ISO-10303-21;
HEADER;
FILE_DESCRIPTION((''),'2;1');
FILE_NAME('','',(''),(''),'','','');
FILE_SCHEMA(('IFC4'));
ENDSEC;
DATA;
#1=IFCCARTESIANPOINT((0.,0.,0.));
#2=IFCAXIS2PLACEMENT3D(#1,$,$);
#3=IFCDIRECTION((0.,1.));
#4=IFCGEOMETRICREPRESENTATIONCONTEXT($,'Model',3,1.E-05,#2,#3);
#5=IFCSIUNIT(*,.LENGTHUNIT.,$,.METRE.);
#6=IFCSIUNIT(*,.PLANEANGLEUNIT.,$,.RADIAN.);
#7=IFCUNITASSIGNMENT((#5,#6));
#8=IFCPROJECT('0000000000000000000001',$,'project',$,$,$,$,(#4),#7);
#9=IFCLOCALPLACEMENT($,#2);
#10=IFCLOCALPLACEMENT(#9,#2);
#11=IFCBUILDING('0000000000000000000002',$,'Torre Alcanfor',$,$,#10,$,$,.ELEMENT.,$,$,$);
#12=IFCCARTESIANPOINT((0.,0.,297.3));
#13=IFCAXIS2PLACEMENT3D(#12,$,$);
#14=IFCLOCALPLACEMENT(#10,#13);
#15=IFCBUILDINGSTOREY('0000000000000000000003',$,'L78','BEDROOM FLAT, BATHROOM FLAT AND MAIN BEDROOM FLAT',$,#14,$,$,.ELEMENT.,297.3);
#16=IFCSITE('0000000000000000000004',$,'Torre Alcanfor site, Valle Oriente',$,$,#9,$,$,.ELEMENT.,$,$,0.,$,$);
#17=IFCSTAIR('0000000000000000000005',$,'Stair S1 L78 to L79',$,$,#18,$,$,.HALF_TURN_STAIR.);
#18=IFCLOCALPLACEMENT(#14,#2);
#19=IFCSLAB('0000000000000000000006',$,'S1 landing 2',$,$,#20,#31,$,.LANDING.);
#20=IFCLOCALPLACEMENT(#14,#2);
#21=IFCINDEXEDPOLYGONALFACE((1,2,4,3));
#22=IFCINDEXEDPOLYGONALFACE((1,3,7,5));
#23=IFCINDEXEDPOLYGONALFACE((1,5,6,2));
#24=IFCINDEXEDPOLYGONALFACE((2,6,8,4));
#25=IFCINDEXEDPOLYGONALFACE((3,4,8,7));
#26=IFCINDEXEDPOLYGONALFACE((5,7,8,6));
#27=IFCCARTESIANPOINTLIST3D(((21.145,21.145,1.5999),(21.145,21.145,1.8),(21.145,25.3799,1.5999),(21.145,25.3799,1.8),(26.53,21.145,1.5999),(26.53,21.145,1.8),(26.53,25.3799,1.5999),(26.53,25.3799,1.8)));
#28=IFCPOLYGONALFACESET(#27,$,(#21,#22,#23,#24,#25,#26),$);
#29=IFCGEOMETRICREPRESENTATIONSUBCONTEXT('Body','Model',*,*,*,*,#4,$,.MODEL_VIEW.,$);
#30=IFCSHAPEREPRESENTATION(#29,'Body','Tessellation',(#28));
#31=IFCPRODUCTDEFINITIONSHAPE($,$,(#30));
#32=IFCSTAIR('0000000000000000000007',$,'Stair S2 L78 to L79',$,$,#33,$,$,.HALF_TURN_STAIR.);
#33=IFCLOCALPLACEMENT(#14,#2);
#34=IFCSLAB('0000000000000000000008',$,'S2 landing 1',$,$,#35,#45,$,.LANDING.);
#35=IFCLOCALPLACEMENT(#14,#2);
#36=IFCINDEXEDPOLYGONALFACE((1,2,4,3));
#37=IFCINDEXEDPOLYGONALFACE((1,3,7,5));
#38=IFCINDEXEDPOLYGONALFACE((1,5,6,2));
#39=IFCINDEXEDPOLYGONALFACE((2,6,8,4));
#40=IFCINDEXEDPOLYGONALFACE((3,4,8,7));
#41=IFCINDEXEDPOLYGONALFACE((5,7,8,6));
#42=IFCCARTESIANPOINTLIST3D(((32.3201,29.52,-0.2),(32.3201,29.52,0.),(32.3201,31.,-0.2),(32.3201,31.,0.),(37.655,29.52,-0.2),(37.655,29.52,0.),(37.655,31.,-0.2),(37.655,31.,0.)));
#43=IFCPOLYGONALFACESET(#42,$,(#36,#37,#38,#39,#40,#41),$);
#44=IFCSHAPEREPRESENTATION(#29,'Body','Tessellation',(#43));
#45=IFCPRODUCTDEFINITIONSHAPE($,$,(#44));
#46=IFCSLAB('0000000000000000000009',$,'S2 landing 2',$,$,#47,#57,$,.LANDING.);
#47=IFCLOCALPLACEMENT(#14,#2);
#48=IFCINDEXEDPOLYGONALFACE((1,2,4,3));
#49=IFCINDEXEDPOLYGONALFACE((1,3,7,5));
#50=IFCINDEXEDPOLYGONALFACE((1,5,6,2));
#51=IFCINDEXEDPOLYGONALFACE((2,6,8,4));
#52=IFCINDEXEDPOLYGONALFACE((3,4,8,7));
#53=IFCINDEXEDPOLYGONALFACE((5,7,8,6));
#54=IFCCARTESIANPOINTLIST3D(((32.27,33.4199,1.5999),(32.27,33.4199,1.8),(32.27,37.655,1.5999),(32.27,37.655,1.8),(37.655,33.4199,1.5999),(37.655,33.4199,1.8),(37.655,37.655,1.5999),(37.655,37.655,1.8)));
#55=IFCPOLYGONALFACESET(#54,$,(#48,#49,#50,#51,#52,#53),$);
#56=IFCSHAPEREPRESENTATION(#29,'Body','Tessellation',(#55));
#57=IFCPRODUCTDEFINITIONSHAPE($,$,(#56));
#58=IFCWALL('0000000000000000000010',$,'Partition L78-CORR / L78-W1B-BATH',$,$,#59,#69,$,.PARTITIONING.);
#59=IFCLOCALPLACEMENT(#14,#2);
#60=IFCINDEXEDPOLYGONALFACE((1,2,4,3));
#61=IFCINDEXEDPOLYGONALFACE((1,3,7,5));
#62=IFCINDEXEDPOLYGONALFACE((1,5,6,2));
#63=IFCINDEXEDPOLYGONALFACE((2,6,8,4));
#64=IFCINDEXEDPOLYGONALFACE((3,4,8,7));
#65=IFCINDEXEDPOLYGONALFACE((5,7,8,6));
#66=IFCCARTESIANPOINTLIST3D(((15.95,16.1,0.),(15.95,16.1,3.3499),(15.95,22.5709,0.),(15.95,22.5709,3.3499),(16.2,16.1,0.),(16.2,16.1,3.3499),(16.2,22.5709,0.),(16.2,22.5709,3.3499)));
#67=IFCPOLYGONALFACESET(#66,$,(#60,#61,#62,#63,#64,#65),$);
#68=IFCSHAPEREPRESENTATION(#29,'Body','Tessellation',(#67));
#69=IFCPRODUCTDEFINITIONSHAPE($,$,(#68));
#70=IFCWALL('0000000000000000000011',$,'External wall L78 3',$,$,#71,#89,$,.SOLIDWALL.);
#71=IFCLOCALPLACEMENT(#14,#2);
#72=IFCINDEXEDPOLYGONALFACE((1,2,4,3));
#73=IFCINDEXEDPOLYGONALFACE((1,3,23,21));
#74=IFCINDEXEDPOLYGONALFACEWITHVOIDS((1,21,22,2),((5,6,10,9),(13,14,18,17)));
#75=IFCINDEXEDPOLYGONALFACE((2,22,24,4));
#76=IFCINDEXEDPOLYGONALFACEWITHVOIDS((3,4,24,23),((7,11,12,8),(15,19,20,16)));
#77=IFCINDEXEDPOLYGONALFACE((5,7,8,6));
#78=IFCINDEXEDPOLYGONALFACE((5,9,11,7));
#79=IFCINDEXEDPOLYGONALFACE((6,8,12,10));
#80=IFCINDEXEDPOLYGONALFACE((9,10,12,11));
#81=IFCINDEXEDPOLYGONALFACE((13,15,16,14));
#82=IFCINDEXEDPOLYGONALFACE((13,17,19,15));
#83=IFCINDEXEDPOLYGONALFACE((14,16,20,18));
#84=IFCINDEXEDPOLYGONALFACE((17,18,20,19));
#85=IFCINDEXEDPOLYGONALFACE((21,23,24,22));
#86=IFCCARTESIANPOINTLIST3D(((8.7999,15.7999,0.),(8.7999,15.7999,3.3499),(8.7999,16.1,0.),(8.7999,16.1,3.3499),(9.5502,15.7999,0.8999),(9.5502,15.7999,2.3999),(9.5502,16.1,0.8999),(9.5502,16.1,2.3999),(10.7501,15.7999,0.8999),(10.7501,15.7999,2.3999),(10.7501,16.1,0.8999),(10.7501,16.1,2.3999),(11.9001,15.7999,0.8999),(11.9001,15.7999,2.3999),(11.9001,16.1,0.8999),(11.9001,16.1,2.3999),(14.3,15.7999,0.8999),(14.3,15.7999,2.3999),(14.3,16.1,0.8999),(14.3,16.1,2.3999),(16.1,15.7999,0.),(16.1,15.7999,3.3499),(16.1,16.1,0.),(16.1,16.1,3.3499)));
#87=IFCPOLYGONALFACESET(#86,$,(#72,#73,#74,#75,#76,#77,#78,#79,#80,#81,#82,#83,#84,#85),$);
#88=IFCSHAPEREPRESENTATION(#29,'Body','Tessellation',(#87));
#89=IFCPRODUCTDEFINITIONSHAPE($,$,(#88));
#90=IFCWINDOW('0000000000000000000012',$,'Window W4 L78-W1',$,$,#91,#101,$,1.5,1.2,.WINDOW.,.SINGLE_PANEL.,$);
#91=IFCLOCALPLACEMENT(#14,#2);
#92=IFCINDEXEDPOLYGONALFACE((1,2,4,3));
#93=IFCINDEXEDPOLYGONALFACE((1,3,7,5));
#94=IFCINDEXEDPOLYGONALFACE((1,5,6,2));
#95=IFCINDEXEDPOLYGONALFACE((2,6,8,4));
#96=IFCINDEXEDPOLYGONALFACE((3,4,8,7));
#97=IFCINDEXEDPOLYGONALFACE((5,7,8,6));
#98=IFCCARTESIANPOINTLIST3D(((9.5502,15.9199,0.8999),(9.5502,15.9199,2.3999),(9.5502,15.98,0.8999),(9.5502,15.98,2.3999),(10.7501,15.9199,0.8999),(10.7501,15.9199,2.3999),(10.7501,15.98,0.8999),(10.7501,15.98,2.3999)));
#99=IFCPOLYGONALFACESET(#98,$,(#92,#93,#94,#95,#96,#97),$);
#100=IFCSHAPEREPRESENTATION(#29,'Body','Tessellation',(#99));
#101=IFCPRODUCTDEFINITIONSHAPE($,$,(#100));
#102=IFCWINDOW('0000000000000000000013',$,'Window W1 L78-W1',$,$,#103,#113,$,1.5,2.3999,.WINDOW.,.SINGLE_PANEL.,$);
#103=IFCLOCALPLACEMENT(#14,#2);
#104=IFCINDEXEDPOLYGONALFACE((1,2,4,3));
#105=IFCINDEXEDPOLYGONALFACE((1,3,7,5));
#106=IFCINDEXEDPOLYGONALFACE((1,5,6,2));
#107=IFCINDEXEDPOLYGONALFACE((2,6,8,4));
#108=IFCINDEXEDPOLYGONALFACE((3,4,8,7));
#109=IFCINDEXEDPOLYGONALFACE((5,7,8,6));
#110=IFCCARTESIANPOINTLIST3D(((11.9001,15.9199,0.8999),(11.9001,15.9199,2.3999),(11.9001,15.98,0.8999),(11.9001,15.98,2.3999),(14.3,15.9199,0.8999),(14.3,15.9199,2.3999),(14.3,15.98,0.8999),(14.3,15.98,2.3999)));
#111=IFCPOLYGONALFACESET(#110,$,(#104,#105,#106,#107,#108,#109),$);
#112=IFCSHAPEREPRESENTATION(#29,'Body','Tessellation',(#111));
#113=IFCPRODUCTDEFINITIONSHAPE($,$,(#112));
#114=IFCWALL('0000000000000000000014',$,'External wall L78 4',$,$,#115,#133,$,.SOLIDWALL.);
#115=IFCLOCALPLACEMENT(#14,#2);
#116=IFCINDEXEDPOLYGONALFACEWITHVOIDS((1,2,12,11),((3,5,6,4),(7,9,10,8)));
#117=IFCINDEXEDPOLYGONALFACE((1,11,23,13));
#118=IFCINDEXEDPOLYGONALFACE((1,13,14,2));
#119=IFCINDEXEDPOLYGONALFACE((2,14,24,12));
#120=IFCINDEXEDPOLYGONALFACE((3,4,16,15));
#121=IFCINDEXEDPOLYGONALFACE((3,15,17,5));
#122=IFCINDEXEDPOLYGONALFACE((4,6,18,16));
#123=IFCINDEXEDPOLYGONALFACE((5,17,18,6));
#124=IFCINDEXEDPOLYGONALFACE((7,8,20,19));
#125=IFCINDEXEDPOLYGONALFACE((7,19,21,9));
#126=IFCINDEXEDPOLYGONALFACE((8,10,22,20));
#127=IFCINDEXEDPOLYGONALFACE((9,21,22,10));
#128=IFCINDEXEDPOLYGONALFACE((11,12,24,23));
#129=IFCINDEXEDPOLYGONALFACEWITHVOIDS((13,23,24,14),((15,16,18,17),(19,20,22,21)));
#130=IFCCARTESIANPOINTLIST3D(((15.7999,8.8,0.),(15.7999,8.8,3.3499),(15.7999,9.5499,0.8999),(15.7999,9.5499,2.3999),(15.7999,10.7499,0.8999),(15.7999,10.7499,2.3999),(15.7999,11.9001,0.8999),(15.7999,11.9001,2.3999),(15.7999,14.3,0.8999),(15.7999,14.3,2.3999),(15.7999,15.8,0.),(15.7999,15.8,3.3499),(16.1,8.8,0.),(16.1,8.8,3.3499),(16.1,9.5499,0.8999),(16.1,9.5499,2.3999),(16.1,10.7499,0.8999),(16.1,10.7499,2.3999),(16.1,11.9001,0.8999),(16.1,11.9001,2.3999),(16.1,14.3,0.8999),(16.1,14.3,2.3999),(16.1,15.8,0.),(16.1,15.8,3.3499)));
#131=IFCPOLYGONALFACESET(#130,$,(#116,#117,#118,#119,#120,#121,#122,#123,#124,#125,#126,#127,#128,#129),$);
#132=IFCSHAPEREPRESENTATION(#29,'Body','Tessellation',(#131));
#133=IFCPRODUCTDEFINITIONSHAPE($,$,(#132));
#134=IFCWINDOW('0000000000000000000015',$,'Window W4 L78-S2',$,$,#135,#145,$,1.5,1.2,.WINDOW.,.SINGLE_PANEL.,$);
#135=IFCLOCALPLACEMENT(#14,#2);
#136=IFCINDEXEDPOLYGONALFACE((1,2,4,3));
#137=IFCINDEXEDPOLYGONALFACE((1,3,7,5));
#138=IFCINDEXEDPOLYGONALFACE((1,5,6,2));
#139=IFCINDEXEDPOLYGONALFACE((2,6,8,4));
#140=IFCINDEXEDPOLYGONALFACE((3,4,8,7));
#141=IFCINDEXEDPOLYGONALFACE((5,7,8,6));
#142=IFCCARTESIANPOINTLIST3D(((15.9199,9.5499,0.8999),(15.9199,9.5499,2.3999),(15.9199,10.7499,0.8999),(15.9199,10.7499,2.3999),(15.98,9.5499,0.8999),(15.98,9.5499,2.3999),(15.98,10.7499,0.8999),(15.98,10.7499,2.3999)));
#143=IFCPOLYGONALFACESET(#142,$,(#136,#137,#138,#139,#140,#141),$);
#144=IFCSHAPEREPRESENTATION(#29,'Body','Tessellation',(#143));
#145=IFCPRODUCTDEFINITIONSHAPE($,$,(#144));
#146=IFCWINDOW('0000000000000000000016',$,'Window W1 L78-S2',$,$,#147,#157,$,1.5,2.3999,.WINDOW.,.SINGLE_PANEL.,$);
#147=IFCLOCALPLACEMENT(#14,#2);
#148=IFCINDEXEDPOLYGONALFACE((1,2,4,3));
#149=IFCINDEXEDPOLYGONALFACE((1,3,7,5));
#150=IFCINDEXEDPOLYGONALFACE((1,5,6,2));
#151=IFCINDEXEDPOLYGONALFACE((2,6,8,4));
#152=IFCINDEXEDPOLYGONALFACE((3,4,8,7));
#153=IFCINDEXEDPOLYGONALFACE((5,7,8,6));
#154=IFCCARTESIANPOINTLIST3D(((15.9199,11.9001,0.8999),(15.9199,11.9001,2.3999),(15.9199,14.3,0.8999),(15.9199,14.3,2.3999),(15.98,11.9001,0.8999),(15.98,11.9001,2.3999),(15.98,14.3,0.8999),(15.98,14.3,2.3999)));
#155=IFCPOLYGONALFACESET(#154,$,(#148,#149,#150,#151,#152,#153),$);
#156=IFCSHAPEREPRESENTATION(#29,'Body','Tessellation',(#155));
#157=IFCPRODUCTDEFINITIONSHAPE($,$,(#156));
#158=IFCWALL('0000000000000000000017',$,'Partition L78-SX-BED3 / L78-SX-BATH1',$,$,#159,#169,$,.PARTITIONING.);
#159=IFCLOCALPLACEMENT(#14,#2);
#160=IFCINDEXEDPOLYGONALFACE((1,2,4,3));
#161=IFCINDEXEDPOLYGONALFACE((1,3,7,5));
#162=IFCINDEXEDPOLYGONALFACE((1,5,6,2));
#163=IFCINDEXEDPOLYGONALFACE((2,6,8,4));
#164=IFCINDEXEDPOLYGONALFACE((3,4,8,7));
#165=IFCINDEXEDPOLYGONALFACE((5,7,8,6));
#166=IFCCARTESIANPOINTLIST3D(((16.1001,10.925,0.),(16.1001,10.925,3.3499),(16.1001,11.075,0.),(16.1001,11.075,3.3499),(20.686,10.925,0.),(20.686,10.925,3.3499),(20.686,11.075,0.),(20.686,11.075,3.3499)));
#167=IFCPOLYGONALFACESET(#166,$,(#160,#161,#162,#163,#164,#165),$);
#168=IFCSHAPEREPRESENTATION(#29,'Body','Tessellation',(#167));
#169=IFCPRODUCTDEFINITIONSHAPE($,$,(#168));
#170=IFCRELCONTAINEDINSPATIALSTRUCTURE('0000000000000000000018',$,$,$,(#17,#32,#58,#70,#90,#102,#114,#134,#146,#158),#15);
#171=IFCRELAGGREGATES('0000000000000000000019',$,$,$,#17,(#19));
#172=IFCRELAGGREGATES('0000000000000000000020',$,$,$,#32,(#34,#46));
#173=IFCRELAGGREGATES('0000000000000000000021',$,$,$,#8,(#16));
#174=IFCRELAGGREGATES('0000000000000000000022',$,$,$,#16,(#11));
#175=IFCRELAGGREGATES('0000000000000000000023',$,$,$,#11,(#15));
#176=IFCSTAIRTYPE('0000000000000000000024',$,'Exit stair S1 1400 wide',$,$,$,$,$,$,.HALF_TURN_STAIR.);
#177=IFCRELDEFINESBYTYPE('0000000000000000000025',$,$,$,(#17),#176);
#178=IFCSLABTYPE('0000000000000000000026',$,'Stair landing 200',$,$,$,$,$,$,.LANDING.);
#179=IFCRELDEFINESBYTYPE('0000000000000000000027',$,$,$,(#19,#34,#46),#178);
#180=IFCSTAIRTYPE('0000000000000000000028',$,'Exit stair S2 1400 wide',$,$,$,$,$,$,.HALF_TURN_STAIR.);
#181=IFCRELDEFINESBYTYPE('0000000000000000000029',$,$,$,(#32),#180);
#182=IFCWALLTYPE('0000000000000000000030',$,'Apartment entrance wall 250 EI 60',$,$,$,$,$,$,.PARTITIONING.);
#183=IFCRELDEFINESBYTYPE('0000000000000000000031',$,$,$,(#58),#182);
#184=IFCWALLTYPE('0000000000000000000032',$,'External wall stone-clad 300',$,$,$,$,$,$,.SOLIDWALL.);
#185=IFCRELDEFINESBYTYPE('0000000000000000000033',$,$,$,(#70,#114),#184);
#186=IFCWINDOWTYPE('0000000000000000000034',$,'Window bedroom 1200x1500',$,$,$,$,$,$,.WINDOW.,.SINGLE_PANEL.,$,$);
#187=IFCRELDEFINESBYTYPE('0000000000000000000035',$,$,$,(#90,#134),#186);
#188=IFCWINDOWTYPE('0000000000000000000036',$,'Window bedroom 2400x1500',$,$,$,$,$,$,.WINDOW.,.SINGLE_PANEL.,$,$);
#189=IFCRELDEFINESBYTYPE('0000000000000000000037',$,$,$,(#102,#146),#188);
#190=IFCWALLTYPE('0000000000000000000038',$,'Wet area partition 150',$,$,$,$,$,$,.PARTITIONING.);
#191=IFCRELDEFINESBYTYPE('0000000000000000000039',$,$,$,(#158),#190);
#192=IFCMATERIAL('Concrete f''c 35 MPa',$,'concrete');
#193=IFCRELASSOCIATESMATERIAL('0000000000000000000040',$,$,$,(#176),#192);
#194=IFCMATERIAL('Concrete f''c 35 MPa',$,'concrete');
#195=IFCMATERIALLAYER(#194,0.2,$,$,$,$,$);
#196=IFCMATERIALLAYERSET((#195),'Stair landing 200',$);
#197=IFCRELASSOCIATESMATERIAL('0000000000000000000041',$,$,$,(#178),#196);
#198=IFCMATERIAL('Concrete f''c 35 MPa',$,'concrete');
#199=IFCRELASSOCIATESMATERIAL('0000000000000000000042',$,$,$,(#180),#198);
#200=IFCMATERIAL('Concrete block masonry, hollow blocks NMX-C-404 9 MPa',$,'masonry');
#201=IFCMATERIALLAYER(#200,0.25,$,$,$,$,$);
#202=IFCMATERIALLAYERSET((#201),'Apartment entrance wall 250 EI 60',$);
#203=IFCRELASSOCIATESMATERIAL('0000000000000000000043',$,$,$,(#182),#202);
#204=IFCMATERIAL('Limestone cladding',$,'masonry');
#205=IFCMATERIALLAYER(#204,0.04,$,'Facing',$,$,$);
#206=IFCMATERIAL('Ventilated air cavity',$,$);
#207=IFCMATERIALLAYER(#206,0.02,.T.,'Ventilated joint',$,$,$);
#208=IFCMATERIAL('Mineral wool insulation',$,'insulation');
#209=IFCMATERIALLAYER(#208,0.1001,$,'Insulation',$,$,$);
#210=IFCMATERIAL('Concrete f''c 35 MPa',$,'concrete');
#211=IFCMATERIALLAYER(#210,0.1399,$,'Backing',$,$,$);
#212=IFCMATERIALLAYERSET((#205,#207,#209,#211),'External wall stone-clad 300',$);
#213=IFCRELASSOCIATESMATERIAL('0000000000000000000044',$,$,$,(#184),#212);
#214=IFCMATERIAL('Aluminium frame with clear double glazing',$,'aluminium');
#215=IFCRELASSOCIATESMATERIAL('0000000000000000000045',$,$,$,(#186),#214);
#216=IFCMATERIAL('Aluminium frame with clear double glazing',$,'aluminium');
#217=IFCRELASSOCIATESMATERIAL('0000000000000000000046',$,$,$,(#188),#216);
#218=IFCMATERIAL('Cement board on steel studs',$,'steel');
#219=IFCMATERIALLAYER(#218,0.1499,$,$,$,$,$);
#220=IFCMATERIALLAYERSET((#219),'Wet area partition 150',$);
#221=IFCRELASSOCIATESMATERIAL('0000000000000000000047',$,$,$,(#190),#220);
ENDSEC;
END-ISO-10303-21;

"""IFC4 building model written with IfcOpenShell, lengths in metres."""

from ifc_helpers import new_model, si_unit, direction, frame, frame_2d, origin, place, context, subcontext, project, spatial, polyline, rectangle, outline, extrude, material, layer, layer_set, type_object, element, fill, aggregate, save


model = new_model("IFC4")

# Units and contexts
model_context = context("Model", 3, precision=1e-05, world=origin(), true_north=direction((0.0, 1.0)))
body_context = subcontext(model_context, "Body", "Model", "MODEL_VIEW")
ifc_project = project(units=[si_unit("LENGTHUNIT", "METRE"), si_unit("PLANEANGLEUNIT", "RADIAN")], contexts=[model_context])

# Site, building, storey
site_placement = place(None, origin())
site = spatial("IfcSite", under=ifc_project, at=site_placement, Name="Torre Alcanfor site, Valle Oriente", CompositionType="ELEMENT", RefElevation=0.0)
building_placement = place(site_placement, origin())
building = spatial("IfcBuilding", under=site, at=building_placement, Name="Torre Alcanfor", CompositionType="ELEMENT")
storey_placement = place(building_placement, frame((0.0, 0.0, 297.3)))
storey = spatial("IfcBuildingStorey", under=building, at=storey_placement, Name="L78", Description="BEDROOM FLAT, BATHROOM FLAT AND MAIN BEDROOM FLAT", CompositionType="ELEMENT", Elevation=297.3)

# Stairs, slabs
ifc_material_1 = material(Name="Concrete f'c 35 MPa", Category="concrete")
stair_type_1 = type_object("IfcStairType", Name="Exit stair S1 1400 wide", PredefinedType="HALF_TURN_STAIR", material=ifc_material_1)
stair_1_placement = place(storey_placement, origin())
stair_1 = element("IfcStair", 1, at=stair_1_placement, inside=storey, type_object=stair_type_1, Name="Stair S1 L78 to L79", PredefinedType="HALF_TURN_STAIR")
ifc_material_2 = material(Name="Concrete f'c 35 MPa", Category="concrete")
ifc_layer_1 = layer(ifc_material_2, 0.2)
ifc_layer_set_1 = layer_set([ifc_layer_1], Name="Stair landing 200")
slab_type_1 = type_object("IfcSlabType", Name="Stair landing 200", PredefinedType="LANDING", material=ifc_layer_set_1)
slab_1_placement = place(storey_placement, frame((0.0, 0.0, 1.5999)))
slab_1 = element("IfcSlab", 2, at=slab_1_placement, type_object=slab_type_1, Name="S1 landing 2", PredefinedType="LANDING", context=body_context, shape_type="SweptSolid", body=[
    extrude(outline(polyline([(21.145, 21.145), (26.53, 21.145), (26.53, 25.3799), (21.145, 25.3799), (21.145, 21.145)])), origin(), (0.0, 0.0, 1.0), 0.2002),
])
aggregate(stair_1, [slab_1])
ifc_material_3 = material(Name="Concrete f'c 35 MPa", Category="concrete")
stair_type_2 = type_object("IfcStairType", Name="Exit stair S2 1400 wide", PredefinedType="HALF_TURN_STAIR", material=ifc_material_3)
stair_2_placement = place(storey_placement, origin())
stair_2 = element("IfcStair", 3, at=stair_2_placement, inside=storey, type_object=stair_type_2, Name="Stair S2 L78 to L79", PredefinedType="HALF_TURN_STAIR")
slab_2_placement = place(storey_placement, frame((0.0, 0.0, -0.2)))
slab_2 = element("IfcSlab", 4, at=slab_2_placement, type_object=slab_type_1, Name="S2 landing 1", PredefinedType="LANDING", context=body_context, shape_type="SweptSolid", body=[
    extrude(outline(polyline([(32.3201, 29.52), (37.655, 29.52), (37.655, 31.0), (32.3201, 31.0), (32.3201, 29.52)])), origin(), (0.0, 0.0, 1.0), 0.2),
])
slab_3_placement = place(storey_placement, frame((0.0, 0.0, 1.5999)))
slab_3 = element("IfcSlab", 5, at=slab_3_placement, type_object=slab_type_1, Name="S2 landing 2", PredefinedType="LANDING", context=body_context, shape_type="SweptSolid", body=[
    extrude(outline(polyline([(32.27, 33.4199), (37.655, 33.4199), (37.655, 37.655), (32.27, 37.655), (32.27, 33.4199)])), origin(), (0.0, 0.0, 1.0), 0.2002),
])
aggregate(stair_2, [slab_2, slab_3])

# Wall
ifc_material_4 = material(Name="Concrete block masonry, hollow blocks NMX-C-404 9 MPa", Category="masonry")
ifc_layer_2 = layer(ifc_material_4, 0.25)
ifc_layer_set_2 = layer_set([ifc_layer_2], Name="Apartment entrance wall 250 EI 60")
wall_type_1 = type_object("IfcWallType", Name="Apartment entrance wall 250 EI 60", PredefinedType="PARTITIONING", material=ifc_layer_set_2)
wall_1_placement = place(storey_placement, frame((16.075, 16.1001, 0.0), z_axis=(0.0, 0.0, 1.0), x_axis=(0.0, 1.0, 0.0)))
element("IfcWall", 6, at=wall_1_placement, inside=storey, type_object=wall_type_1, Name="Partition L78-CORR / L78-W1B-BATH", PredefinedType="PARTITIONING", context=body_context, shape_type="SweptSolid", body=[
    extrude(rectangle(XDim=6.4709, YDim=0.25, at=frame_2d((3.2354, 0.0))), origin(), (0.0, 0.0, 1.0), 3.3499),
])

# Walls, openings, windows
ifc_material_5 = material(Name="Limestone cladding", Category="masonry")
ifc_layer_3 = layer(ifc_material_5, 0.04, Name="Facing")
ifc_material_6 = material(Name="Ventilated air cavity")
ifc_layer_4 = layer(ifc_material_6, 0.02, ventilated=True, Name="Ventilated joint")
ifc_material_7 = material(Name="Mineral wool insulation", Category="insulation")
ifc_layer_5 = layer(ifc_material_7, 0.1001, Name="Insulation")
ifc_material_8 = material(Name="Concrete f'c 35 MPa", Category="concrete")
ifc_layer_6 = layer(ifc_material_8, 0.1399, Name="Backing")
ifc_layer_set_3 = layer_set([ifc_layer_3, ifc_layer_4, ifc_layer_5, ifc_layer_6], Name="External wall stone-clad 300")
wall_type_2 = type_object("IfcWallType", Name="External wall stone-clad 300", PredefinedType="SOLIDWALL", material=ifc_layer_set_3)
wall_2_placement = place(storey_placement, frame((8.8, 15.95, 0.0), z_axis=(0.0, 0.0, 1.0), x_axis=(1.0, 0.0, 0.0)))
wall_2 = element("IfcWall", 7, at=wall_2_placement, inside=storey, type_object=wall_type_2, Name="External wall L78 3", PredefinedType="SOLIDWALL", context=body_context, shape_type="SweptSolid", body=[
    extrude(rectangle(XDim=7.3, YDim=0.3, at=frame_2d((3.6499, 0.0))), origin(), (0.0, 0.0, 1.0), 3.3499),
])
opening_1_placement = place(wall_2_placement, frame((3.1001, 0.0, 0.8999)))
opening_1 = element("IfcOpeningElement", 8, at=opening_1_placement, cuts=wall_2, PredefinedType="OPENING", context=body_context, shape_type="SweptSolid", body=[
    extrude(rectangle(XDim=2.3999, YDim=1.5, at=frame_2d((1.2, 0.75))), frame((0.0, 0.1599, 0.0), z_axis=(0.0, -1.0, 0.0), x_axis=(1.0, 0.0, 0.0)), (0.0, 0.0, 1.0), 0.3201),
])
opening_2_placement = place(wall_2_placement, frame((0.75, 0.0, 0.8999)))
opening_2 = element("IfcOpeningElement", 9, at=opening_2_placement, cuts=wall_2, PredefinedType="OPENING", context=body_context, shape_type="SweptSolid", body=[
    extrude(rectangle(XDim=1.2, YDim=1.5, at=frame_2d((0.6001, 0.75))), frame((0.0, 0.1599, 0.0), z_axis=(0.0, -1.0, 0.0), x_axis=(1.0, 0.0, 0.0)), (0.0, 0.0, 1.0), 0.3201),
])
ifc_material_9 = material(Name="Aluminium frame with clear double glazing", Category="aluminium")
window_type_1 = type_object("IfcWindowType", Name="Window bedroom 1200x1500", PartitioningType="SINGLE_PANEL", PredefinedType="WINDOW", material=ifc_material_9)
window_1_placement = place(opening_2_placement, origin())
window_1 = element("IfcWindow", 10, at=window_1_placement, inside=storey, type_object=window_type_1, Name="Window W4 L78-W1", OverallHeight=1.5, OverallWidth=1.2, PartitioningType="SINGLE_PANEL", PredefinedType="WINDOW", context=body_context, shape_type="SweptSolid", body=[
    extrude(rectangle(XDim=1.2, YDim=1.5, at=frame_2d((0.6001, 0.75))), frame((0.0, 0.03, 0.0), z_axis=(0.0, -1.0, 0.0), x_axis=(1.0, 0.0, 0.0)), (0.0, 0.0, 1.0), 0.0601),
])
fill(opening_2, window_1)
ifc_material_10 = material(Name="Aluminium frame with clear double glazing", Category="aluminium")
window_type_2 = type_object("IfcWindowType", Name="Window bedroom 2400x1500", PartitioningType="SINGLE_PANEL", PredefinedType="WINDOW", material=ifc_material_10)
window_2_placement = place(opening_1_placement, origin())
window_2 = element("IfcWindow", 11, at=window_2_placement, inside=storey, type_object=window_type_2, Name="Window W1 L78-W1", OverallHeight=1.5, OverallWidth=2.3999, PartitioningType="SINGLE_PANEL", PredefinedType="WINDOW", context=body_context, shape_type="SweptSolid", body=[
    extrude(rectangle(XDim=2.3999, YDim=1.5, at=frame_2d((1.2, 0.75))), frame((0.0, 0.03, 0.0), z_axis=(0.0, -1.0, 0.0), x_axis=(1.0, 0.0, 0.0)), (0.0, 0.0, 1.0), 0.0601),
])
fill(opening_1, window_2)
wall_3_placement = place(storey_placement, frame((15.95, 15.8, 0.0), z_axis=(0.0, 0.0, 1.0), x_axis=(0.0, -1.0, 0.0)))
wall_3 = element("IfcWall", 12, at=wall_3_placement, inside=storey, type_object=wall_type_2, Name="External wall L78 4", PredefinedType="SOLIDWALL", context=body_context, shape_type="SweptSolid", body=[
    extrude(rectangle(XDim=7.0, YDim=0.3, at=frame_2d((3.5, 0.0))), origin(), (0.0, 0.0, 1.0), 3.3499),
])
opening_3_placement = place(wall_3_placement, frame((1.5, 0.0, 0.8999)))
opening_3 = element("IfcOpeningElement", 13, at=opening_3_placement, cuts=wall_3, PredefinedType="OPENING", context=body_context, shape_type="SweptSolid", body=[
    extrude(rectangle(XDim=2.3999, YDim=1.5, at=frame_2d((1.2, 0.75))), frame((0.0, 0.1599, 0.0), z_axis=(0.0, -1.0, 0.0), x_axis=(1.0, 0.0, 0.0)), (0.0, 0.0, 1.0), 0.3201),
])
opening_4_placement = place(wall_3_placement, frame((5.05, 0.0, 0.8999)))
opening_4 = element("IfcOpeningElement", 14, at=opening_4_placement, cuts=wall_3, PredefinedType="OPENING", context=body_context, shape_type="SweptSolid", body=[
    extrude(rectangle(XDim=1.2, YDim=1.5, at=frame_2d((0.6001, 0.75))), frame((0.0, 0.1599, 0.0), z_axis=(0.0, -1.0, 0.0), x_axis=(1.0, 0.0, 0.0)), (0.0, 0.0, 1.0), 0.3201),
])
window_3_placement = place(opening_4_placement, origin())
window_3 = element("IfcWindow", 15, at=window_3_placement, inside=storey, type_object=window_type_1, Name="Window W4 L78-S2", OverallHeight=1.5, OverallWidth=1.2, PartitioningType="SINGLE_PANEL", PredefinedType="WINDOW", context=body_context, shape_type="SweptSolid", body=[
    extrude(rectangle(XDim=1.2, YDim=1.5, at=frame_2d((0.6001, 0.75))), frame((0.0, 0.03, 0.0), z_axis=(0.0, -1.0, 0.0), x_axis=(1.0, 0.0, 0.0)), (0.0, 0.0, 1.0), 0.0601),
])
fill(opening_4, window_3)
window_4_placement = place(opening_3_placement, origin())
window_4 = element("IfcWindow", 16, at=window_4_placement, inside=storey, type_object=window_type_2, Name="Window W1 L78-S2", OverallHeight=1.5, OverallWidth=2.3999, PartitioningType="SINGLE_PANEL", PredefinedType="WINDOW", context=body_context, shape_type="SweptSolid", body=[
    extrude(rectangle(XDim=2.3999, YDim=1.5, at=frame_2d((1.2, 0.75))), frame((0.0, 0.03, 0.0), z_axis=(0.0, -1.0, 0.0), x_axis=(1.0, 0.0, 0.0)), (0.0, 0.0, 1.0), 0.0601),
])
fill(opening_3, window_4)

# Wall
ifc_material_11 = material(Name="Cement board on steel studs", Category="steel")
ifc_layer_7 = layer(ifc_material_11, 0.1499)
ifc_layer_set_4 = layer_set([ifc_layer_7], Name="Wet area partition 150")
wall_type_3 = type_object("IfcWallType", Name="Wet area partition 150", PredefinedType="PARTITIONING", material=ifc_layer_set_4)
wall_4_placement = place(storey_placement, frame((16.1001, 11.0, 0.0), z_axis=(0.0, 0.0, 1.0), x_axis=(1.0, 0.0, 0.0)))
element("IfcWall", 17, at=wall_4_placement, inside=storey, type_object=wall_type_3, Name="Partition L78-SX-BED3 / L78-SX-BATH1", PredefinedType="PARTITIONING", context=body_context, shape_type="SweptSolid", body=[
    extrude(rectangle(XDim=4.5859, YDim=0.1499, at=frame_2d((2.293, 0.0))), origin(), (0.0, 0.0, 1.0), 3.3499),
])

save(model, "model.ifc")
